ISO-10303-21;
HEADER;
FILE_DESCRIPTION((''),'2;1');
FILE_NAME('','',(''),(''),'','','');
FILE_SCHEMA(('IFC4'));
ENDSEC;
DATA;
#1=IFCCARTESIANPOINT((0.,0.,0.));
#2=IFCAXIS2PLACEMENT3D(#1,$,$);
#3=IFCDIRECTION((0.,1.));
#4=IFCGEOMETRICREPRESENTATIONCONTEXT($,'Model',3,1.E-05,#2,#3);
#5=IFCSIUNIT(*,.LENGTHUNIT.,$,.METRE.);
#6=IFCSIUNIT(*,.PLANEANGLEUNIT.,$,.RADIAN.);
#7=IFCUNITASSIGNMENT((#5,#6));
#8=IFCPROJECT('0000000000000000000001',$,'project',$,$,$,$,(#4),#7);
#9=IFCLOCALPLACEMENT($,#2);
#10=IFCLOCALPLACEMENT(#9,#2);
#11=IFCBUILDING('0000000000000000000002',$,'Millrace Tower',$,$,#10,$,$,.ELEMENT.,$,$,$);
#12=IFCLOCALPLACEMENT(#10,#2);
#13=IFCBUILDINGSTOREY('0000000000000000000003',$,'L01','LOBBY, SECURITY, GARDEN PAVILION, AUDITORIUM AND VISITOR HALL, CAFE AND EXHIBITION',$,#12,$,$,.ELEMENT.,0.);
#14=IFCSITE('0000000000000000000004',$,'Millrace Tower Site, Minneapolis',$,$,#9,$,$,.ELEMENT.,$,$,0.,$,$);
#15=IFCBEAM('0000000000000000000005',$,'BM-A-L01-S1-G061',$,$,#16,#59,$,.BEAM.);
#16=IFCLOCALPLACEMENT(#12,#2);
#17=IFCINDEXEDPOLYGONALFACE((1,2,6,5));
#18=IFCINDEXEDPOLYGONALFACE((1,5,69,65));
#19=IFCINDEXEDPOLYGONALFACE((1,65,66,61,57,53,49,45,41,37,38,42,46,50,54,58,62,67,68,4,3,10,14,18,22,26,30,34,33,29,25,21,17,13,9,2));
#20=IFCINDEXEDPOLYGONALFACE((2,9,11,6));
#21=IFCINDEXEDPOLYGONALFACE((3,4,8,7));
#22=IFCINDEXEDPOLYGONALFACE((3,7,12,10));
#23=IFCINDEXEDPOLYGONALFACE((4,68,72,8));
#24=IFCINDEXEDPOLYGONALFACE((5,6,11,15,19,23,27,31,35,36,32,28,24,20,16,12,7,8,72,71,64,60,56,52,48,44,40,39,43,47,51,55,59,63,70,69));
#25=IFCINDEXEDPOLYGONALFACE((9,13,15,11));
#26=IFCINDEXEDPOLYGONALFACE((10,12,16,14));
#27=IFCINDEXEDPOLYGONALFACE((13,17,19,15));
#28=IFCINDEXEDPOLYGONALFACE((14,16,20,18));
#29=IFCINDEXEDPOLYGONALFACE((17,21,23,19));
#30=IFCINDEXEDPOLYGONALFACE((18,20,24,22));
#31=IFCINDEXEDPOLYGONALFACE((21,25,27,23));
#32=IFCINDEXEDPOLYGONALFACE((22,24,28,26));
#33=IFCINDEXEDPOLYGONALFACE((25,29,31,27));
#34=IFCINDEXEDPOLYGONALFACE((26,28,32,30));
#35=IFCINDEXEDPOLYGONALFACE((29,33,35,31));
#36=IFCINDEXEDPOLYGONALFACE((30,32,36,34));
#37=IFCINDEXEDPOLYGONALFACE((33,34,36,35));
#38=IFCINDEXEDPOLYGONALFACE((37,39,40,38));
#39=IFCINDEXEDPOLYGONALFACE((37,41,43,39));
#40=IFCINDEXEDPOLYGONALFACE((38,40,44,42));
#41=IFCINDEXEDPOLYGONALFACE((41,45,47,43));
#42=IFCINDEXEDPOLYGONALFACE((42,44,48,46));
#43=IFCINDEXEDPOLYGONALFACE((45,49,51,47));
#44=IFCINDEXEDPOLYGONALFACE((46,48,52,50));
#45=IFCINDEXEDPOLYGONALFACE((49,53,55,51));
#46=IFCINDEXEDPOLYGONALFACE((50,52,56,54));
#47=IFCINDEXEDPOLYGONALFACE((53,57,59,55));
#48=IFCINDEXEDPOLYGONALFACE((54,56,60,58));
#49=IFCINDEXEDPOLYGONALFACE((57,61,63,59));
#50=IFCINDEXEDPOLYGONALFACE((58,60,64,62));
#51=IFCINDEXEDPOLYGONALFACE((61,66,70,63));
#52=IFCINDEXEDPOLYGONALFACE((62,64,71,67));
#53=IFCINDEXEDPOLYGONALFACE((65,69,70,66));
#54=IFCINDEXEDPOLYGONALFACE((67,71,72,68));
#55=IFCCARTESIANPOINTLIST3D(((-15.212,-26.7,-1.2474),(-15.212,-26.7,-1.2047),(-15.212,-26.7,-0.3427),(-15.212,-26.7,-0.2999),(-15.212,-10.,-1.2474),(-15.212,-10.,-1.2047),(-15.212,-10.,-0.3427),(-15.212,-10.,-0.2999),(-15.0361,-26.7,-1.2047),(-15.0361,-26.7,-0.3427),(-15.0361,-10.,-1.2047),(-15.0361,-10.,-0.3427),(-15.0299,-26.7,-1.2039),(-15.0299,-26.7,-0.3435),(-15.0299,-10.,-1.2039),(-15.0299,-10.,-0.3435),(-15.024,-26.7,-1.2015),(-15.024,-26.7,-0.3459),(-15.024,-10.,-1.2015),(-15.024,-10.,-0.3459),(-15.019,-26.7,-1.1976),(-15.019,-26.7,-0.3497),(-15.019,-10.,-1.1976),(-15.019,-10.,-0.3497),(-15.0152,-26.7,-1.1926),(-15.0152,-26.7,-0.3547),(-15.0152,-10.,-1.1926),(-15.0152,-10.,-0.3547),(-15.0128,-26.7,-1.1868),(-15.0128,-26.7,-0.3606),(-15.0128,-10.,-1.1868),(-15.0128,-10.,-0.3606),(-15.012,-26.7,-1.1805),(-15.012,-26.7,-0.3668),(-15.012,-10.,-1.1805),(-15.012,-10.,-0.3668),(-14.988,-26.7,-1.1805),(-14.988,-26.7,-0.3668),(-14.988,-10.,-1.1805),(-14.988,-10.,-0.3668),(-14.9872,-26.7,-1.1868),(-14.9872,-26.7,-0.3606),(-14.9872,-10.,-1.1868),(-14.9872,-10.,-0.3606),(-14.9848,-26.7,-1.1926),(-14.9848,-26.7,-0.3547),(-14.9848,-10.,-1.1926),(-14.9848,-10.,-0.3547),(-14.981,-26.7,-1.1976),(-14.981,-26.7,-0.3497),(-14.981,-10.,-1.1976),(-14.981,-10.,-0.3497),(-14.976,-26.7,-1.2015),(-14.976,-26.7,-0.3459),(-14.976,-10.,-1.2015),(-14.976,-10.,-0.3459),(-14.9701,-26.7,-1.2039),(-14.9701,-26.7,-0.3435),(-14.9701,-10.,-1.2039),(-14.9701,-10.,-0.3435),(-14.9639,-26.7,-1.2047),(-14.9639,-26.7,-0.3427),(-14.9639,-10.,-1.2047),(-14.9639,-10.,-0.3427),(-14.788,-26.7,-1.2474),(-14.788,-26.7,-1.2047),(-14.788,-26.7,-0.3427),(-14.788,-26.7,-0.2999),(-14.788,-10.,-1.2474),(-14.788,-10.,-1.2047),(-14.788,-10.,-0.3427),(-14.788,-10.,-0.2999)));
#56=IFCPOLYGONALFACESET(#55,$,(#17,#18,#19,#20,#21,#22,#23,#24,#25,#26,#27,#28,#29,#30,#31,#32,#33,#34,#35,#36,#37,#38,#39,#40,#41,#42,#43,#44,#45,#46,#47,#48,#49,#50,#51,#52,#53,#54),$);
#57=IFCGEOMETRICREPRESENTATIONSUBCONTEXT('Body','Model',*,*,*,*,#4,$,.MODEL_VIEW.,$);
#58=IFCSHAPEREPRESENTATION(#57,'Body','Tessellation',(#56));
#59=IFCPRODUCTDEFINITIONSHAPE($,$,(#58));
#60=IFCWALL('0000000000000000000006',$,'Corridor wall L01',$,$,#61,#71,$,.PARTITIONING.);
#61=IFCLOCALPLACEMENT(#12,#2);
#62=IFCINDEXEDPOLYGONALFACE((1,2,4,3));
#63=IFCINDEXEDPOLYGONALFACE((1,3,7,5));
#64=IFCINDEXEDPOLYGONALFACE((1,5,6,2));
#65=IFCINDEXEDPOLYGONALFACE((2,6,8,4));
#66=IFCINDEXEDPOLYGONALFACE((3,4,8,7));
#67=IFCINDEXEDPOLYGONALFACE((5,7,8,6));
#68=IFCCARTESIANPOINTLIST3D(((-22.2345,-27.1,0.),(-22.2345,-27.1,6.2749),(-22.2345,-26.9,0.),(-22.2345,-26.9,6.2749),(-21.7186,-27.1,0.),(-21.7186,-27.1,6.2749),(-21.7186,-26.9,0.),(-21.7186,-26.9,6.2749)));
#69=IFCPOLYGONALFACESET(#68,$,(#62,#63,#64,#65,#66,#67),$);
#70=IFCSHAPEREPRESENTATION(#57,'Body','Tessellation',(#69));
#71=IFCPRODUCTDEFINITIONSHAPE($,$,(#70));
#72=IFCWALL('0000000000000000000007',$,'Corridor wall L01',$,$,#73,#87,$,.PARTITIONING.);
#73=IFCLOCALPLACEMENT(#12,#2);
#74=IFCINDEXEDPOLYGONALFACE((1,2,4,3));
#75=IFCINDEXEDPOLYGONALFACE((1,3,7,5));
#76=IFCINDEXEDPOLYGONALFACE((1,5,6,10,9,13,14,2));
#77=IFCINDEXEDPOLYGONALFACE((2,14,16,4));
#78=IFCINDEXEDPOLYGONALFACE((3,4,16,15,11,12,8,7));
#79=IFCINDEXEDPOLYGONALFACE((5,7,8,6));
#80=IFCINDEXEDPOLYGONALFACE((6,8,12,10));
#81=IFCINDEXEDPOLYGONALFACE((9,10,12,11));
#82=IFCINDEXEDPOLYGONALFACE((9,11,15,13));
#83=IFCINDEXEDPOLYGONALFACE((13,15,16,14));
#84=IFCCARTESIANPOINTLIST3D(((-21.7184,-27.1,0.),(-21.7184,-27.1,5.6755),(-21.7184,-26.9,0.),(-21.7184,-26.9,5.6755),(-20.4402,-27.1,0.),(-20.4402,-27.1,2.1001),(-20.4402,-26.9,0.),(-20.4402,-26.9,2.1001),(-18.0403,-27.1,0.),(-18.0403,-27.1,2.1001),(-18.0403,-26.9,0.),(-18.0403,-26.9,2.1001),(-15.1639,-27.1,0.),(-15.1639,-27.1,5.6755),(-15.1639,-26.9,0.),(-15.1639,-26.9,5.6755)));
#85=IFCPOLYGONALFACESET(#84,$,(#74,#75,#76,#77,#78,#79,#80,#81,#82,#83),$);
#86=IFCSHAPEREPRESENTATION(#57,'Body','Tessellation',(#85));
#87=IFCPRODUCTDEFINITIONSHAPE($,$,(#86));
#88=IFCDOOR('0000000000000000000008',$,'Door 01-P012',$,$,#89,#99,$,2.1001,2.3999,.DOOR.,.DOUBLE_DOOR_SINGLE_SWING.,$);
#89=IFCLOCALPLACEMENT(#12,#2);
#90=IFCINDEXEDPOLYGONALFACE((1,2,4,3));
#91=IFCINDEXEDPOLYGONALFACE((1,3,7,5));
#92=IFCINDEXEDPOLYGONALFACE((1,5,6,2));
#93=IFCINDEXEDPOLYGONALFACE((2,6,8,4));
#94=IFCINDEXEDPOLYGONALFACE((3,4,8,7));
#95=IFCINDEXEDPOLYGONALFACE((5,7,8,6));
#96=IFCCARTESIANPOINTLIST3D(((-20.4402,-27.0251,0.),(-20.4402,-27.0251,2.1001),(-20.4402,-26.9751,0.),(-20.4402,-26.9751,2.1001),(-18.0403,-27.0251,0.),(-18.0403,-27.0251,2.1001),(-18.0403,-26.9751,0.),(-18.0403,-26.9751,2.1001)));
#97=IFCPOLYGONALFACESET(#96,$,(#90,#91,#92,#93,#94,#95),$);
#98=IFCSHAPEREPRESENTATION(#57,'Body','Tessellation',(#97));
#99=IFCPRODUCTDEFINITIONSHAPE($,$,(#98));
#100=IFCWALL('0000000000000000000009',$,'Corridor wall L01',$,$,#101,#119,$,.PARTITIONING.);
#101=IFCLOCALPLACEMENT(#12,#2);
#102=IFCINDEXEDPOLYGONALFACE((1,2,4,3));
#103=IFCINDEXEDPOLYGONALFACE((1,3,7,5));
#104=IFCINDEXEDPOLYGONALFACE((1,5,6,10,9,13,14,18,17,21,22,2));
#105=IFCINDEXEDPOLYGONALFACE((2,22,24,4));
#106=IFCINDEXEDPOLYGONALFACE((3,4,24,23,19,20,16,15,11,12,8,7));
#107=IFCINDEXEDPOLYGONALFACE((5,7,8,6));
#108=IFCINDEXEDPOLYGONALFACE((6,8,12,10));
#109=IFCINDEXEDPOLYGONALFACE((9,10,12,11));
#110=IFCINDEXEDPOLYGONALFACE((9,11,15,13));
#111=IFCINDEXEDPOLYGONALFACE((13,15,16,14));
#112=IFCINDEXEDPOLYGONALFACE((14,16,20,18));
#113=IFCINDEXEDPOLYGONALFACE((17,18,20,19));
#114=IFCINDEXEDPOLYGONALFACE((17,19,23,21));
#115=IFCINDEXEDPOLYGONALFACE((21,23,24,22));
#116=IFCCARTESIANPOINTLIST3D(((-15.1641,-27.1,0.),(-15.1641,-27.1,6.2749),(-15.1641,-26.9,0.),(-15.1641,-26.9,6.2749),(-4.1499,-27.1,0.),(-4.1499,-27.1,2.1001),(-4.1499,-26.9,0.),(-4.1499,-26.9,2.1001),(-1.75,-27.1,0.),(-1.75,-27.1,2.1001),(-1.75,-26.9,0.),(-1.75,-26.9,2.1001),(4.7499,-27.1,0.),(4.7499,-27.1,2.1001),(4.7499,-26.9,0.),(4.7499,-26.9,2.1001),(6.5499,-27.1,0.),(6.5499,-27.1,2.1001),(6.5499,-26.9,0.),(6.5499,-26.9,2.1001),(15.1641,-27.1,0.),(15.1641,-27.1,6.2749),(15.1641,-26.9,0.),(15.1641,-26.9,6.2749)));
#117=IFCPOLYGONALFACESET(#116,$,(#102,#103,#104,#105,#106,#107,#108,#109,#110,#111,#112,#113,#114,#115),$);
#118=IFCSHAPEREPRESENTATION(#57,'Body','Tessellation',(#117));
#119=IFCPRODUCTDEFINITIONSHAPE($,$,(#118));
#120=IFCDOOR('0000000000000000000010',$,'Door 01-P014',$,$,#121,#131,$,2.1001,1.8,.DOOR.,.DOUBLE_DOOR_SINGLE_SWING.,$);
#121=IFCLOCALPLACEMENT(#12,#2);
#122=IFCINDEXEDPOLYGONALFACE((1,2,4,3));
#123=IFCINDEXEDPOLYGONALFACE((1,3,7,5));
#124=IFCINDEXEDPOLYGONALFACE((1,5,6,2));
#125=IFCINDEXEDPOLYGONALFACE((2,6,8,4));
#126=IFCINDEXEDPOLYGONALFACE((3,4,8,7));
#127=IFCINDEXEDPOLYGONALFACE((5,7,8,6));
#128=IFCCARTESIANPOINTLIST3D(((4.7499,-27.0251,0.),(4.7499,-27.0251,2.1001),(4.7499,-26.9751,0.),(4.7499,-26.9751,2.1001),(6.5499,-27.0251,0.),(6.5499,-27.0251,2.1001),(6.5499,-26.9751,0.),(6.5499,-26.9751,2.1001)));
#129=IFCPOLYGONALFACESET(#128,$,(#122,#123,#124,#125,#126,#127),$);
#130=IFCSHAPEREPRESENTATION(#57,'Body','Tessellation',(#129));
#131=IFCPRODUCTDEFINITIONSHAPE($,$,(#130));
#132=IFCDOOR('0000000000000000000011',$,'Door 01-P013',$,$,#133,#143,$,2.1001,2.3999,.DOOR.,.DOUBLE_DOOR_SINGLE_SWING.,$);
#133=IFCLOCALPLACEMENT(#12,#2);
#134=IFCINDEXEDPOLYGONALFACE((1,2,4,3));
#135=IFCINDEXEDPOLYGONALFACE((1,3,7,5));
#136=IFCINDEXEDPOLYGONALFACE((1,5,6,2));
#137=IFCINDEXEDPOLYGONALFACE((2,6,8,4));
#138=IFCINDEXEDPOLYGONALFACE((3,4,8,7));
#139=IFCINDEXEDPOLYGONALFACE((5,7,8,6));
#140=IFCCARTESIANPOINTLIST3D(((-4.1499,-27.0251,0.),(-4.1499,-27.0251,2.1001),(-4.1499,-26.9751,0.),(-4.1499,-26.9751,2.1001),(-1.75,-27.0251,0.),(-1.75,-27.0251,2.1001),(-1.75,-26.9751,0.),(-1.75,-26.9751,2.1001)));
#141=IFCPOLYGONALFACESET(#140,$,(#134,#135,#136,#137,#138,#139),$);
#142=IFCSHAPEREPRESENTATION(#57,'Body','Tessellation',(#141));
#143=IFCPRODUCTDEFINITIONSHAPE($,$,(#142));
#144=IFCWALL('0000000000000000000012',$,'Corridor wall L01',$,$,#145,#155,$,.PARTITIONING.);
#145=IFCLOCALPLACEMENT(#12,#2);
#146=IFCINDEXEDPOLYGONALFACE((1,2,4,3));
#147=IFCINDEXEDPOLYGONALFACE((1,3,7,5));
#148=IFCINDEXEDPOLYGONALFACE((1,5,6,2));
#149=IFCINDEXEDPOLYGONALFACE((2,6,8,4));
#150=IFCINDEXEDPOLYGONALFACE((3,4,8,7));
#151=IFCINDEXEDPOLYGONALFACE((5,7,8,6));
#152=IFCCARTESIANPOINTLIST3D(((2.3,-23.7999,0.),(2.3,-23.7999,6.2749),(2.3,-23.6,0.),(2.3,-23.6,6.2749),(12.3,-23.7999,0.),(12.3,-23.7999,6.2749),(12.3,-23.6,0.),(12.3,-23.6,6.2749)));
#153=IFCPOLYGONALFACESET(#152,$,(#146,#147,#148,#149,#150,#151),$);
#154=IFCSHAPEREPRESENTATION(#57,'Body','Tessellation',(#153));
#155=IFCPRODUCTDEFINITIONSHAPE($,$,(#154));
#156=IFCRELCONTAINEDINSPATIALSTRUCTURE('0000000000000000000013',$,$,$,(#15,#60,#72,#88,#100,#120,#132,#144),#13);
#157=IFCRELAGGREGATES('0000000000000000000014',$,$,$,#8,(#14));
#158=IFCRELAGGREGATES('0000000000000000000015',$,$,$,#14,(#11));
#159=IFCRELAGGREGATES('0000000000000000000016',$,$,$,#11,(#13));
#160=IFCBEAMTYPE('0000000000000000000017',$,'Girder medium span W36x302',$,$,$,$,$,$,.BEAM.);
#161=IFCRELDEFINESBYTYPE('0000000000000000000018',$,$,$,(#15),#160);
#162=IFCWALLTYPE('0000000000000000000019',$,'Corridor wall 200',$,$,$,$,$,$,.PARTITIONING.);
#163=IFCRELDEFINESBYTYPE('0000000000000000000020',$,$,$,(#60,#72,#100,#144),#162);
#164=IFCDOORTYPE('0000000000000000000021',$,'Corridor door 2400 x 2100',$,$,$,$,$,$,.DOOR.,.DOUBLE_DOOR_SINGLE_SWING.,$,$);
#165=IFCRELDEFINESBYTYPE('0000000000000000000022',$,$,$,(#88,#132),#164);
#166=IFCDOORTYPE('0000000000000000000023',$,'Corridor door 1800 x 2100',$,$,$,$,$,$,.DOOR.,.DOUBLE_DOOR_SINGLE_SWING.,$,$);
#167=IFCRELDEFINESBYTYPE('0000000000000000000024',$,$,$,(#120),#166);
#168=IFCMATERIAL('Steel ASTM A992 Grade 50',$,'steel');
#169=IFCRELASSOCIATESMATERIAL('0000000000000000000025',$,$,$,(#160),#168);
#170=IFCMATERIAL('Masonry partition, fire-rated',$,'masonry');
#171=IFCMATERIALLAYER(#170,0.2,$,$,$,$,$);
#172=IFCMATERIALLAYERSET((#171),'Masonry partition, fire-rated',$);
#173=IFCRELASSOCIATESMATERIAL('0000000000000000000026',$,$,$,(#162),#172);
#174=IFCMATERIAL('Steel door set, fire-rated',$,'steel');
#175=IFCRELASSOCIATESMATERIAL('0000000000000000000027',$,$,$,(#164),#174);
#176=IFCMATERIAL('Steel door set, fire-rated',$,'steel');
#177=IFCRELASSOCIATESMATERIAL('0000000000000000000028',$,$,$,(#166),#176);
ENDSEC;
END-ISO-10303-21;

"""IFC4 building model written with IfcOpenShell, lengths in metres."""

from ifc_helpers import new_model, si_unit, direction, frame, frame_2d, origin, origin_2d, place, context, subcontext, project, spatial, rectangle, i_section, extrude, material, layer, layer_set, material_profile, profile_set, type_object, element, fill, save


model = new_model("IFC4")

# Units and contexts
model_context = context("Model", 3, precision=1e-05, world=origin(), true_north=direction((0.0, 1.0)))
body_context = subcontext(model_context, "Body", "Model", "MODEL_VIEW")
ifc_project = project(units=[si_unit("LENGTHUNIT", "METRE"), si_unit("PLANEANGLEUNIT", "RADIAN")], contexts=[model_context])

# Site, building, storey
site_placement = place(None, origin())
site = spatial("IfcSite", under=ifc_project, at=site_placement, Name="Millrace Tower Site, Minneapolis", CompositionType="ELEMENT", RefElevation=0.0)
building_placement = place(site_placement, origin())
building = spatial("IfcBuilding", under=site, at=building_placement, Name="Millrace Tower", CompositionType="ELEMENT")
storey_placement = place(building_placement, origin())
storey = spatial("IfcBuildingStorey", under=building, at=storey_placement, Name="L01", Description="LOBBY, SECURITY, GARDEN PAVILION, AUDITORIUM AND VISITOR HALL, CAFE AND EXHIBITION", CompositionType="ELEMENT", Elevation=0.0)

# Beam
ifc_material_1 = material(Name="Steel ASTM A992 Grade 50", Category="steel")
ifc_material_profile_1 = material_profile(ifc_material_1, i_section(OverallWidth=0.4241, OverallDepth=0.9475, WebThickness=0.0239, FlangeThickness=0.0427, FilletRadius=0.0242, at=origin_2d()))
ifc_profile_set_1 = profile_set([ifc_material_profile_1], Name="Steel ASTM A992 Grade 50")
beam_type_1 = type_object("IfcBeamType", Name="Girder medium span W36x302", PredefinedType="BEAM", material=ifc_profile_set_1)
beam_1_placement = place(storey_placement, frame((-15.0, -26.7, -0.7737), z_axis=(0.0, 1.0, 0.0), x_axis=(-1.0, 0.0, 0.0)))
element("IfcBeam", 1, at=beam_1_placement, inside=storey, type_object=beam_type_1, Name="BM-A-L01-S1-G061", PredefinedType="BEAM", context=body_context, shape_type="SweptSolid", body=[
    extrude(i_section(OverallWidth=0.4241, OverallDepth=0.9475, WebThickness=0.0239, FlangeThickness=0.0427, FilletRadius=0.0242, at=origin_2d()), origin(), (0.0, 0.0, 1.0), 16.7),
])

# Wall
ifc_material_2 = material(Name="Masonry partition, fire-rated", Category="masonry")
ifc_layer_1 = layer(ifc_material_2, 0.2)
ifc_layer_set_1 = layer_set([ifc_layer_1], Name="Masonry partition, fire-rated")
wall_type_1 = type_object("IfcWallType", Name="Corridor wall 200", PredefinedType="PARTITIONING", material=ifc_layer_set_1)
wall_1_placement = place(storey_placement, frame((-22.2344, -27.0, 0.0), z_axis=(0.0, 0.0, 1.0), x_axis=(1.0, 0.0, 0.0)))
element("IfcWall", 2, at=wall_1_placement, inside=storey, type_object=wall_type_1, Name="Corridor wall L01", PredefinedType="PARTITIONING", context=body_context, shape_type="SweptSolid", body=[
    extrude(rectangle(XDim=0.5159, YDim=0.2, at=frame_2d((0.2578, 0.0))), origin(), (0.0, 0.0, 1.0), 6.2749),
])

# Wall, opening, door
wall_2_placement = place(storey_placement, frame((-21.7185, -27.0, 0.0), z_axis=(0.0, 0.0, 1.0), x_axis=(1.0, 0.0, 0.0)))
wall_2 = element("IfcWall", 3, at=wall_2_placement, inside=storey, type_object=wall_type_1, Name="Corridor wall L01", PredefinedType="PARTITIONING", context=body_context, shape_type="SweptSolid", body=[
    extrude(rectangle(XDim=6.5544, YDim=0.2, at=frame_2d((3.2773, 0.0))), origin(), (0.0, 0.0, 1.0), 5.6755),
])
opening_1_placement = place(wall_2_placement, frame((1.2783, 0.0, 0.0)))
opening_1 = element("IfcOpeningElement", 4, at=opening_1_placement, cuts=wall_2, PredefinedType="OPENING", context=body_context, shape_type="SweptSolid", body=[
    extrude(rectangle(XDim=2.3999, YDim=2.1001, at=frame_2d((1.2, 1.05))), frame((0.0, 0.1099, 0.0), z_axis=(0.0, -1.0, 0.0), x_axis=(1.0, 0.0, 0.0)), (0.0, 0.0, 1.0), 0.22),
])
ifc_material_3 = material(Name="Steel door set, fire-rated", Category="steel")
door_type_1 = type_object("IfcDoorType", Name="Corridor door 2400 x 2100", OperationType="DOUBLE_DOOR_SINGLE_SWING", PredefinedType="DOOR", material=ifc_material_3)
door_1_placement = place(opening_1_placement, origin())
door_1 = element("IfcDoor", 5, at=door_1_placement, inside=storey, type_object=door_type_1, Name="Door 01-P012", OperationType="DOUBLE_DOOR_SINGLE_SWING", OverallHeight=2.1001, OverallWidth=2.3999, PredefinedType="DOOR", context=body_context, shape_type="SweptSolid", body=[
    extrude(rectangle(XDim=2.3999, YDim=2.1001, at=frame_2d((1.2, 1.05))), frame((0.0, 0.0249, 0.0), z_axis=(0.0, -1.0, 0.0), x_axis=(1.0, 0.0, 0.0)), (0.0, 0.0, 1.0), 0.05),
])
fill(opening_1, door_1)

# Wall, openings, doors
wall_3_placement = place(storey_placement, frame((-15.1641, -27.0, 0.0), z_axis=(0.0, 0.0, 1.0), x_axis=(1.0, 0.0, 0.0)))
wall_3 = element("IfcWall", 6, at=wall_3_placement, inside=storey, type_object=wall_type_1, Name="Corridor wall L01", PredefinedType="PARTITIONING", context=body_context, shape_type="SweptSolid", body=[
    extrude(rectangle(XDim=30.3281, YDim=0.2, at=frame_2d((15.1641, 0.0))), origin(), (0.0, 0.0, 1.0), 6.2749),
])
opening_2_placement = place(wall_3_placement, frame((11.0142, 0.0, 0.0)))
opening_2 = element("IfcOpeningElement", 7, at=opening_2_placement, cuts=wall_3, PredefinedType="OPENING", context=body_context, shape_type="SweptSolid", body=[
    extrude(rectangle(XDim=2.3999, YDim=2.1001, at=frame_2d((1.2, 1.05))), frame((0.0, 0.1099, 0.0), z_axis=(0.0, -1.0, 0.0), x_axis=(1.0, 0.0, 0.0)), (0.0, 0.0, 1.0), 0.22),
])
opening_3_placement = place(wall_3_placement, frame((19.9141, 0.0, 0.0)))
opening_3 = element("IfcOpeningElement", 8, at=opening_3_placement, cuts=wall_3, PredefinedType="OPENING", context=body_context, shape_type="SweptSolid", body=[
    extrude(rectangle(XDim=1.8, YDim=2.1001, at=frame_2d((0.8999, 1.05))), frame((0.0, 0.1099, 0.0), z_axis=(0.0, -1.0, 0.0), x_axis=(1.0, 0.0, 0.0)), (0.0, 0.0, 1.0), 0.22),
])
ifc_material_4 = material(Name="Steel door set, fire-rated", Category="steel")
door_type_2 = type_object("IfcDoorType", Name="Corridor door 1800 x 2100", OperationType="DOUBLE_DOOR_SINGLE_SWING", PredefinedType="DOOR", material=ifc_material_4)
door_2_placement = place(opening_3_placement, origin())
door_2 = element("IfcDoor", 9, at=door_2_placement, inside=storey, type_object=door_type_2, Name="Door 01-P014", OperationType="DOUBLE_DOOR_SINGLE_SWING", OverallHeight=2.1001, OverallWidth=1.8, PredefinedType="DOOR", context=body_context, shape_type="SweptSolid", body=[
    extrude(rectangle(XDim=1.8, YDim=2.1001, at=frame_2d((0.8999, 1.05))), frame((0.0, 0.0249, 0.0), z_axis=(0.0, -1.0, 0.0), x_axis=(1.0, 0.0, 0.0)), (0.0, 0.0, 1.0), 0.05),
])
fill(opening_3, door_2)
door_3_placement = place(opening_2_placement, origin())
door_3 = element("IfcDoor", 10, at=door_3_placement, inside=storey, type_object=door_type_1, Name="Door 01-P013", OperationType="DOUBLE_DOOR_SINGLE_SWING", OverallHeight=2.1001, OverallWidth=2.3999, PredefinedType="DOOR", context=body_context, shape_type="SweptSolid", body=[
    extrude(rectangle(XDim=2.3999, YDim=2.1001, at=frame_2d((1.2, 1.05))), frame((0.0, 0.0249, 0.0), z_axis=(0.0, -1.0, 0.0), x_axis=(1.0, 0.0, 0.0)), (0.0, 0.0, 1.0), 0.05),
])
fill(opening_2, door_3)

# Wall
wall_4_placement = place(storey_placement, frame((2.3, -23.7, 0.0), z_axis=(0.0, 0.0, 1.0), x_axis=(1.0, 0.0, 0.0)))
element("IfcWall", 11, at=wall_4_placement, inside=storey, type_object=wall_type_1, Name="Corridor wall L01", PredefinedType="PARTITIONING", context=body_context, shape_type="SweptSolid", body=[
    extrude(rectangle(XDim=10.0, YDim=0.2, at=frame_2d((5.0, 0.0))), origin(), (0.0, 0.0, 1.0), 6.2749),
])

save(model, "model.ifc")
